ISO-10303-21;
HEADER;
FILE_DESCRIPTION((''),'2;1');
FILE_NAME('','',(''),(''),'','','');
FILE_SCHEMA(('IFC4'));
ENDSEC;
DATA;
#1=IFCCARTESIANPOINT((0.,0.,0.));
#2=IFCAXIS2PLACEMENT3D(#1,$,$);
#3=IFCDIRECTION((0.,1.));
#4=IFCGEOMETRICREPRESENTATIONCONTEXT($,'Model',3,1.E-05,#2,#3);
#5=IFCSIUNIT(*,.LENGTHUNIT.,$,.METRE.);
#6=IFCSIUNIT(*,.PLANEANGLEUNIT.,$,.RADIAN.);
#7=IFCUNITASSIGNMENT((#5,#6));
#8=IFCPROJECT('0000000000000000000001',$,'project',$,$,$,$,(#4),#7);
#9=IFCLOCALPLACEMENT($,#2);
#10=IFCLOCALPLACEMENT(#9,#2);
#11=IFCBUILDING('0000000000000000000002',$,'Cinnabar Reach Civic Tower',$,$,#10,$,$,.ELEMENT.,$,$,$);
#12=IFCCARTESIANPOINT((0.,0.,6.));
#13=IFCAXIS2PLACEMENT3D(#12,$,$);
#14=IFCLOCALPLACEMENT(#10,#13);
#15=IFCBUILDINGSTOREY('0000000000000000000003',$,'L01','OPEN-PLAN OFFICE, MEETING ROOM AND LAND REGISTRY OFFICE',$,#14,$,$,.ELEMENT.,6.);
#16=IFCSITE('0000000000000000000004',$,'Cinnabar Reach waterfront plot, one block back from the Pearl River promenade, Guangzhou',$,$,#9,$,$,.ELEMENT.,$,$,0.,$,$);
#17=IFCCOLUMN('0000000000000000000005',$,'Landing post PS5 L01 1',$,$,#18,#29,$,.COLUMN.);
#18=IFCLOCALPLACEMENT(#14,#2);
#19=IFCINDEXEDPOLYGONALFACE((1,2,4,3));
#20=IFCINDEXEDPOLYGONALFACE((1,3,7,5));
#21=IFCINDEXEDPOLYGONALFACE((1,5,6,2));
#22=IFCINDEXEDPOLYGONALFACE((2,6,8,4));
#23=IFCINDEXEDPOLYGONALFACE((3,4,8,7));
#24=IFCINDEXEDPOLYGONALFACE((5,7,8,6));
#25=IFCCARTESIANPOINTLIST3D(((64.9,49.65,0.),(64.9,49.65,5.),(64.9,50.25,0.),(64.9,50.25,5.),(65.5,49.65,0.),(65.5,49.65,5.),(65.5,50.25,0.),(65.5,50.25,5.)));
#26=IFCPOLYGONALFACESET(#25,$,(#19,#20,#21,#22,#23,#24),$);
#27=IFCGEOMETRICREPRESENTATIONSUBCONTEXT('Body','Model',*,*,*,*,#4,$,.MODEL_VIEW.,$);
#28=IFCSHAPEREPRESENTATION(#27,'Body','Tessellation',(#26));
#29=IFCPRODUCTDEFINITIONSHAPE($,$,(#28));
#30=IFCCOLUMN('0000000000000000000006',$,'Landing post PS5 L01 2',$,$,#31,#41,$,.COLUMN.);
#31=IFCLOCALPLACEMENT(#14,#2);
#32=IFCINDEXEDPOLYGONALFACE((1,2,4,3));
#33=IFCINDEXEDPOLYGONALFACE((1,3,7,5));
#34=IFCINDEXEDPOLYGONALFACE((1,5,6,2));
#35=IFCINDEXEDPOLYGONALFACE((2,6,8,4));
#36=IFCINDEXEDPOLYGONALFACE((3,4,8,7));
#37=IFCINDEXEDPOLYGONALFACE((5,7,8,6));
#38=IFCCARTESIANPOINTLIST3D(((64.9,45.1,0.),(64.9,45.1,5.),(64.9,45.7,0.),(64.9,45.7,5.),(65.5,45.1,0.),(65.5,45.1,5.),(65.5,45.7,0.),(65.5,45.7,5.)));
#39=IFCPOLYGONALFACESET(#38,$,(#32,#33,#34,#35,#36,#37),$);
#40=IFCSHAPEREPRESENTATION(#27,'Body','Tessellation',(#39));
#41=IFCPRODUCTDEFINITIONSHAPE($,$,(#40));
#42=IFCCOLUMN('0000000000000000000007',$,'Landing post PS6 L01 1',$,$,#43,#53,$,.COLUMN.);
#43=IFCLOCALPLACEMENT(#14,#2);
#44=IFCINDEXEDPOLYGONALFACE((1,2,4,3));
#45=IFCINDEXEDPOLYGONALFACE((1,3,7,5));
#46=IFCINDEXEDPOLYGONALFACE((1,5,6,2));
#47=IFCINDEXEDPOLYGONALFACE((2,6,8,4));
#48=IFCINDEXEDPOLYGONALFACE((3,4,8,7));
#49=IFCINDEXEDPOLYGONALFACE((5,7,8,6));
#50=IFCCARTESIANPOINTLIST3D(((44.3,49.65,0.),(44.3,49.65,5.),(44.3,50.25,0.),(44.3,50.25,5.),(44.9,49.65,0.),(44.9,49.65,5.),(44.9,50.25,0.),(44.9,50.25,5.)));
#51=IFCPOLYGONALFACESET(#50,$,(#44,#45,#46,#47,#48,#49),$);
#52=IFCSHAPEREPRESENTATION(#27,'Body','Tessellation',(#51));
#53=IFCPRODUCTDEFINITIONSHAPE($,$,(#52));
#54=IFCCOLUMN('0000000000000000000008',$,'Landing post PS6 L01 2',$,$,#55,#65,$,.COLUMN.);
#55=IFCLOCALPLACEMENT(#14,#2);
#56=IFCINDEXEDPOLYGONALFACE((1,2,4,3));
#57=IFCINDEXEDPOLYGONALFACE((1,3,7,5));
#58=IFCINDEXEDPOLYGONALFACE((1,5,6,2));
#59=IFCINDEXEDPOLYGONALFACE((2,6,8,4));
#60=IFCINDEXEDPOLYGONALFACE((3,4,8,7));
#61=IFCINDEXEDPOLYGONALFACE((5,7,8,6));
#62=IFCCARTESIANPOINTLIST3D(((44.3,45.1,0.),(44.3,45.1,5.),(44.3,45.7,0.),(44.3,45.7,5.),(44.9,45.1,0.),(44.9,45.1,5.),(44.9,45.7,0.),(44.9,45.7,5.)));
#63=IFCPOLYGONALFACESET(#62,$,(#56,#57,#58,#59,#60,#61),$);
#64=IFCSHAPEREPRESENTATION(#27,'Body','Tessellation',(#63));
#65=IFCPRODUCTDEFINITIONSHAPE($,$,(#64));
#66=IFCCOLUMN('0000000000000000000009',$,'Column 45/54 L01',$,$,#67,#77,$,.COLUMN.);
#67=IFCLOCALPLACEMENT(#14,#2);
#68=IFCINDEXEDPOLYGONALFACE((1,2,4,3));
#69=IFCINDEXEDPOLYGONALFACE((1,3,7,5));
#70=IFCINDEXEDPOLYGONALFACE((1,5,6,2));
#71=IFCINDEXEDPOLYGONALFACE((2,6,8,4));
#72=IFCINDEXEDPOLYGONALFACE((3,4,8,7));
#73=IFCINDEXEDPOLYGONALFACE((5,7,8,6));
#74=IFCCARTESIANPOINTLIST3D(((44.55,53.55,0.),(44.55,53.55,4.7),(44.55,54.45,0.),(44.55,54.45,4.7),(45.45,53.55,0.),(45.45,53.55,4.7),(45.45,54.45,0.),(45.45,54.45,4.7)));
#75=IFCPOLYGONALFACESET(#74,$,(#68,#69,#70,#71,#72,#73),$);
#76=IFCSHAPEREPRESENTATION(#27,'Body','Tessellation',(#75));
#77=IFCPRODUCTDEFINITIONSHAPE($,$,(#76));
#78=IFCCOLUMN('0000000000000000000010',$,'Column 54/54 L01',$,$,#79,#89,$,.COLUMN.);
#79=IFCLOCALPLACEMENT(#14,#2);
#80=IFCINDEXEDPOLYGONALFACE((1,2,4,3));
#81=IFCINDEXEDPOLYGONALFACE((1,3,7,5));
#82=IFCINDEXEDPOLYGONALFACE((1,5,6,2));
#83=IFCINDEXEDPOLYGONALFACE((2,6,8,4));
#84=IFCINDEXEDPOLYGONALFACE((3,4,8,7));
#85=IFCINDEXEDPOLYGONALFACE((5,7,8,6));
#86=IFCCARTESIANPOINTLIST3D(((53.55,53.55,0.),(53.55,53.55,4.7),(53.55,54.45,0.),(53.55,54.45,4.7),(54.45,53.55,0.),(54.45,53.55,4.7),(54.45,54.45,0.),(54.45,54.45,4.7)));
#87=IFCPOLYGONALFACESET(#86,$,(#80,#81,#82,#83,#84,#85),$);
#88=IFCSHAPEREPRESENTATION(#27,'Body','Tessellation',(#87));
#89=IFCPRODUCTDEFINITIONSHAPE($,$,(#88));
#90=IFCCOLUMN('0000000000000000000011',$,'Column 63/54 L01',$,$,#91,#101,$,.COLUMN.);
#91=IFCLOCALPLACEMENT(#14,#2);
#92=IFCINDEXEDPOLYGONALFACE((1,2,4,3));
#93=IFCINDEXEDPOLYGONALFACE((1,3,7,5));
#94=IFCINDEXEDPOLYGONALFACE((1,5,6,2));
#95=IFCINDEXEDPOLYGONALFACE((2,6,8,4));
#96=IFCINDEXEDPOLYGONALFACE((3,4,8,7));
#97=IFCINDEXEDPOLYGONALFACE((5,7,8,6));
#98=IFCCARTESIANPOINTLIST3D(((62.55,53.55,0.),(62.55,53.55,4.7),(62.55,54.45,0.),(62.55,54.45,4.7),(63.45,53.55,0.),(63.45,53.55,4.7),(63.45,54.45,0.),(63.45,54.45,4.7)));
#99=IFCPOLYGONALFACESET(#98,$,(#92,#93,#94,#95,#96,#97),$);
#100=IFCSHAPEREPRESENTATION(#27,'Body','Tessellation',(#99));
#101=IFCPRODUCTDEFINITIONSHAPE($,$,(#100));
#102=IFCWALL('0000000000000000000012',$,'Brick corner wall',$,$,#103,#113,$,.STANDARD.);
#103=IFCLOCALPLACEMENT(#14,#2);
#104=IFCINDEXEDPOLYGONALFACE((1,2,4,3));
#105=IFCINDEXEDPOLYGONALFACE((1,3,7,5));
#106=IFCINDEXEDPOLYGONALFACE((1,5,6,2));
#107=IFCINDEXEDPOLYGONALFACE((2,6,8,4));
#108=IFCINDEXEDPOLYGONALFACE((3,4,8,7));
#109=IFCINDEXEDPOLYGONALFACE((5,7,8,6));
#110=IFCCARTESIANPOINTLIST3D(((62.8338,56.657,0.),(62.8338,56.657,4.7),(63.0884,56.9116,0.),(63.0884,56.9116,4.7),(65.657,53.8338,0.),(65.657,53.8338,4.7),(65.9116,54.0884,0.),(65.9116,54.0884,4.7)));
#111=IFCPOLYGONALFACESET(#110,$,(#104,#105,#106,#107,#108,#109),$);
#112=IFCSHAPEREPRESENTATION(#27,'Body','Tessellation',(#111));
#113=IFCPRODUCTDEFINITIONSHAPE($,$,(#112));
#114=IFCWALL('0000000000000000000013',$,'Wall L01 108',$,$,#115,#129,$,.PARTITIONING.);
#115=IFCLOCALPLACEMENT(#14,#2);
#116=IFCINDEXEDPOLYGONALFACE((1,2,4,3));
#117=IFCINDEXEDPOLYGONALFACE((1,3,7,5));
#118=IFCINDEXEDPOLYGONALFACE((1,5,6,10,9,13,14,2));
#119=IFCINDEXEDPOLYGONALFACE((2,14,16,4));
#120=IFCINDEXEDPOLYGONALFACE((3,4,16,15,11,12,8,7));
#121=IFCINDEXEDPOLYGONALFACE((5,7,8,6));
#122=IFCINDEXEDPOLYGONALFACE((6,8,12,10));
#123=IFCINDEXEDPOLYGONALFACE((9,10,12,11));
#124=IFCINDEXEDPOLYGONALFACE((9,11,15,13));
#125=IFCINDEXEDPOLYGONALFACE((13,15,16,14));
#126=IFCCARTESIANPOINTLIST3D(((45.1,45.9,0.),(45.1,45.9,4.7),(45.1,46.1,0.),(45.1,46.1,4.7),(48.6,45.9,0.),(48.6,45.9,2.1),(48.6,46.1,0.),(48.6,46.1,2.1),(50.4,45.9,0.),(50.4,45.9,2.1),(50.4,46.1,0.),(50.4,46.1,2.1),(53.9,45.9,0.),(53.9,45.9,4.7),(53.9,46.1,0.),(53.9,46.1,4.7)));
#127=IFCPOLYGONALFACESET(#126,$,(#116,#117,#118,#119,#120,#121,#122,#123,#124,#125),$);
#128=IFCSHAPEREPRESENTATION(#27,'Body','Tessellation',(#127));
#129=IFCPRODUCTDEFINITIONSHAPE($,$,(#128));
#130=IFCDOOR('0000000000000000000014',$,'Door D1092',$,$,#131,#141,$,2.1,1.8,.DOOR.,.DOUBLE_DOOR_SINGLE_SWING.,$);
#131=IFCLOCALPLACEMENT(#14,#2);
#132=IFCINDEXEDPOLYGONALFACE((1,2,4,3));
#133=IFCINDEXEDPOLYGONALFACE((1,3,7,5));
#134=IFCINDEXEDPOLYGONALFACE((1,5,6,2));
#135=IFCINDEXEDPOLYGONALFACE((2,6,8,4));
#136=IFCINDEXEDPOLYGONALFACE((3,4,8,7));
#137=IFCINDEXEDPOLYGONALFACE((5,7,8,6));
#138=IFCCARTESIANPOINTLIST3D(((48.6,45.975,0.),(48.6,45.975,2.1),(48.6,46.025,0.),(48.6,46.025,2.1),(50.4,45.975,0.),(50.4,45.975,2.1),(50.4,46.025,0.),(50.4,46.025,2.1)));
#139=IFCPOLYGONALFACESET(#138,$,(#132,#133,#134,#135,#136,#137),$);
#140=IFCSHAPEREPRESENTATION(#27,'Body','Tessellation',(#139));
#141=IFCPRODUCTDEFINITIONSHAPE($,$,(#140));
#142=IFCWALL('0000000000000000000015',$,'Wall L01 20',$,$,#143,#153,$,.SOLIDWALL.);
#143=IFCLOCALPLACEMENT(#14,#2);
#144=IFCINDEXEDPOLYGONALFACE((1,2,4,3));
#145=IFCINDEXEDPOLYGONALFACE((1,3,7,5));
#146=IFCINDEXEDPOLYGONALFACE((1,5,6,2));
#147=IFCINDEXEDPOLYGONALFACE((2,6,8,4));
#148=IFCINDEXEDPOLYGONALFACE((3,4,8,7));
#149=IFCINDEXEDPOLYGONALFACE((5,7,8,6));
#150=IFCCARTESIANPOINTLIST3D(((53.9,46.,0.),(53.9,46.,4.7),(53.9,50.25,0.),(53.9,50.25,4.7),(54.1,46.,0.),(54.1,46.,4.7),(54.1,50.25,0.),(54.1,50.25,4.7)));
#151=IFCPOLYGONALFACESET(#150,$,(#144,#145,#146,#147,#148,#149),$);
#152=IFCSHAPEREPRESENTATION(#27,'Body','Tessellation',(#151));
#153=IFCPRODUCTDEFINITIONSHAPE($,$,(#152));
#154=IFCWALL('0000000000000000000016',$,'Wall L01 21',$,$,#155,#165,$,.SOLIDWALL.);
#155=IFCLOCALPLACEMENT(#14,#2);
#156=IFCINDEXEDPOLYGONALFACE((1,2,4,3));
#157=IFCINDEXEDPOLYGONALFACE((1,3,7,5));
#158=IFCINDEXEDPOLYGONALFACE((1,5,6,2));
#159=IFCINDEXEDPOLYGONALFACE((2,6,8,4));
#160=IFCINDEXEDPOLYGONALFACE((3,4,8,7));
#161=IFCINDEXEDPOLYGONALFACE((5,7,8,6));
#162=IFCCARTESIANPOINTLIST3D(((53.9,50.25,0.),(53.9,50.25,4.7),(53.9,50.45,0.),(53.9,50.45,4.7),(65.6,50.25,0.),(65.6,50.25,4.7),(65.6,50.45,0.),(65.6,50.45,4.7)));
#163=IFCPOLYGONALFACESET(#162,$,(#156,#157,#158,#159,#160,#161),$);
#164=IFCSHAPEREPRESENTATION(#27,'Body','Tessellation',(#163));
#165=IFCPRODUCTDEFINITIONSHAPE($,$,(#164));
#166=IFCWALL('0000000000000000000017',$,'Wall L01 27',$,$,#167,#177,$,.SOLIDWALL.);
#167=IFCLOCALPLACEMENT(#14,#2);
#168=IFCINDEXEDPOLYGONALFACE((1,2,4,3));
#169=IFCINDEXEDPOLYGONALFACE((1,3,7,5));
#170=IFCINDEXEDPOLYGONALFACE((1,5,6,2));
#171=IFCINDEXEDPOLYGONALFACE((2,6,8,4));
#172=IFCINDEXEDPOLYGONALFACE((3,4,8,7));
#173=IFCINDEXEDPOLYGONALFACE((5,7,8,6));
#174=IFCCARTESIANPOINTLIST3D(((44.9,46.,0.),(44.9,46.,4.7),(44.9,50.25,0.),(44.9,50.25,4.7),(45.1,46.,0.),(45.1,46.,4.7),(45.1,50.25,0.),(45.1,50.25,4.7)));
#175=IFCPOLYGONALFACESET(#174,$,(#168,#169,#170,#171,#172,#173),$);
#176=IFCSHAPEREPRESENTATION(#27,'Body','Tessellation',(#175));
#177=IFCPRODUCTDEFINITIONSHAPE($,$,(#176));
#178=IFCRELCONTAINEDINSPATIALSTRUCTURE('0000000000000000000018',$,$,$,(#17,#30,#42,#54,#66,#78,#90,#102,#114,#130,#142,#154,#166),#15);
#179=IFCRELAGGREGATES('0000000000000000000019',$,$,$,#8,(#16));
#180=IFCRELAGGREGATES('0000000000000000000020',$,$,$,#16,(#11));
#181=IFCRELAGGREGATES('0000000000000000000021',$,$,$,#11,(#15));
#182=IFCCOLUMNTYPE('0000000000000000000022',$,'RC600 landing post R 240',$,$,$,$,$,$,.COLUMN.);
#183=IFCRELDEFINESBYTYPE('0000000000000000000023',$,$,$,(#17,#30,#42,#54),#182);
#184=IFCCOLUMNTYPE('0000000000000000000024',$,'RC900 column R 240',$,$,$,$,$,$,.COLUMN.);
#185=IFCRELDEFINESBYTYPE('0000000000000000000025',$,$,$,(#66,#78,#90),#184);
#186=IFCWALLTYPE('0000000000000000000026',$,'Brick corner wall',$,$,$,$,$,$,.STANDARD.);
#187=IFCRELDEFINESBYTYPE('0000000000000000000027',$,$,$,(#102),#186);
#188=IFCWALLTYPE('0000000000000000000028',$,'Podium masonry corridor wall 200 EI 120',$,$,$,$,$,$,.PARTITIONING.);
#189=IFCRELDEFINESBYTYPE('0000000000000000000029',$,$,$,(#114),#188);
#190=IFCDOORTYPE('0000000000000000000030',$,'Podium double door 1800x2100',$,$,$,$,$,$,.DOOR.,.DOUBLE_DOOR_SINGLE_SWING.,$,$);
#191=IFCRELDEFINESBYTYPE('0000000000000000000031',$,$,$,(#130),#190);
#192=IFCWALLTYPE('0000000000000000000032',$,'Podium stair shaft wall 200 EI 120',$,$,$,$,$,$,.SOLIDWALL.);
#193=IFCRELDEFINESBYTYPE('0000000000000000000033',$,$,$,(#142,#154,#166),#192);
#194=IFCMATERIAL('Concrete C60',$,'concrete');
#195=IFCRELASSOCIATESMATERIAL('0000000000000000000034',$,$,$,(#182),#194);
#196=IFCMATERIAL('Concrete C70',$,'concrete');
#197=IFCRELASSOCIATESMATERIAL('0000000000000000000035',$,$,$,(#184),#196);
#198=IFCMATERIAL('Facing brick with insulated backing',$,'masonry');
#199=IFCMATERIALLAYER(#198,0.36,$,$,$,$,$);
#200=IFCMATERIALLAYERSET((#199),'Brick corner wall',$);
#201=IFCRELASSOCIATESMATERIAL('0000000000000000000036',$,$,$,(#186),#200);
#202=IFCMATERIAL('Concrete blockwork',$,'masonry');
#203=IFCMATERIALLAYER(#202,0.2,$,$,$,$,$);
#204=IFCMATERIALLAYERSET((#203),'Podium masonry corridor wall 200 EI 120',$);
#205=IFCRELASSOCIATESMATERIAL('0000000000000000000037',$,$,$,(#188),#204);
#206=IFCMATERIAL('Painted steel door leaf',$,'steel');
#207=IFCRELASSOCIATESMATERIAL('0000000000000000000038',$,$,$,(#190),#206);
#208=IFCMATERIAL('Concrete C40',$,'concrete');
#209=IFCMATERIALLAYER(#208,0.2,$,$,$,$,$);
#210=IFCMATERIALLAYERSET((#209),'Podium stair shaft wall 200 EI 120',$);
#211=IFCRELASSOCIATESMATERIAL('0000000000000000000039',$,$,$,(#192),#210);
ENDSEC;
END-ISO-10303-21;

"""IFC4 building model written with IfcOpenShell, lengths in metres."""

from ifc_helpers import new_model, si_unit, direction, frame, frame_2d, origin, origin_2d, place, context, subcontext, project, spatial, rectangle, extrude, material, layer, layer_set, material_profile, profile_set, type_object, element, fill, save


model = new_model("IFC4")

# Units and contexts
model_context = context("Model", 3, precision=1e-05, world=origin(), true_north=direction((0.0, 1.0)))
body_context = subcontext(model_context, "Body", "Model", "MODEL_VIEW")
ifc_project = project(units=[si_unit("LENGTHUNIT", "METRE"), si_unit("PLANEANGLEUNIT", "RADIAN")], contexts=[model_context])

# Site, building, storey
site_placement = place(None, origin())
site = spatial("IfcSite", under=ifc_project, at=site_placement, Name="Cinnabar Reach waterfront plot, one block back from the Pearl River promenade, Guangzhou", CompositionType="ELEMENT", RefElevation=0.0)
building_placement = place(site_placement, origin())
building = spatial("IfcBuilding", under=site, at=building_placement, Name="Cinnabar Reach Civic Tower", CompositionType="ELEMENT")
storey_placement = place(building_placement, frame((0.0, 0.0, 6.0)))
storey = spatial("IfcBuildingStorey", under=building, at=storey_placement, Name="L01", Description="OPEN-PLAN OFFICE, MEETING ROOM AND LAND REGISTRY OFFICE", CompositionType="ELEMENT", Elevation=6.0)

# Columns
ifc_material_1 = material(Name="Concrete C60", Category="concrete")
ifc_material_profile_1 = material_profile(ifc_material_1, rectangle(XDim=0.6, YDim=0.6, at=origin_2d()), Name="RC600")
ifc_profile_set_1 = profile_set([ifc_material_profile_1], Name="Concrete C60")
column_type_1 = type_object("IfcColumnType", Name="RC600 landing post R 240", PredefinedType="COLUMN", material=ifc_profile_set_1)
for number, where, z_axis, x_axis, name in (
    (1, (65.2, 49.95, 0.0), (0.0, 0.0, 1.0), (1.0, 0.0, 0.0), "Landing post PS5 L01 1"),
    (2, (65.2, 45.4, 0.0), (0.0, 0.0, 1.0), (1.0, 0.0, 0.0), "Landing post PS5 L01 2"),
    (3, (44.6, 49.95, 0.0), (0.0, 0.0, 1.0), (1.0, 0.0, 0.0), "Landing post PS6 L01 1"),
    (4, (44.6, 45.4, 0.0), (0.0, 0.0, 1.0), (1.0, 0.0, 0.0), "Landing post PS6 L01 2"),
):
    element("IfcColumn", number, at=place(storey_placement, frame(where, z_axis=z_axis, x_axis=x_axis)), inside=storey, type_object=column_type_1, Name=name, PredefinedType="COLUMN", context=body_context, shape_type="SweptSolid", body=[
        extrude(rectangle(XDim=0.6, YDim=0.6, at=origin_2d()), origin(), (0.0, 0.0, 1.0), 5.0),
    ])
ifc_material_2 = material(Name="Concrete C70", Category="concrete")
ifc_material_profile_2 = material_profile(ifc_material_2, rectangle(XDim=0.9, YDim=0.9, at=origin_2d()), Name="RC900")
ifc_profile_set_2 = profile_set([ifc_material_profile_2], Name="Concrete C70")
column_type_2 = type_object("IfcColumnType", Name="RC900 column R 240", PredefinedType="COLUMN", material=ifc_profile_set_2)
for number, where, z_axis, x_axis, name in (
    (5, (45.0, 54.0, 0.0), (0.0, 0.0, 1.0), (1.0, 0.0, 0.0), "Column 45/54 L01"),
    (6, (54.0, 54.0, 0.0), (0.0, 0.0, 1.0), (1.0, 0.0, 0.0), "Column 54/54 L01"),
    (7, (63.0, 54.0, 0.0), (0.0, 0.0, 1.0), (1.0, 0.0, 0.0), "Column 63/54 L01"),
):
    element("IfcColumn", number, at=place(storey_placement, frame(where, z_axis=z_axis, x_axis=x_axis)), inside=storey, type_object=column_type_2, Name=name, PredefinedType="COLUMN", context=body_context, shape_type="SweptSolid", body=[
        extrude(rectangle(XDim=0.9, YDim=0.9, at=origin_2d()), origin(), (0.0, 0.0, 1.0), 4.7),
    ])

# Wall
ifc_material_3 = material(Name="Facing brick with insulated backing", Category="masonry")
ifc_layer_1 = layer(ifc_material_3, 0.36)
ifc_layer_set_1 = layer_set([ifc_layer_1], Name="Brick corner wall")
wall_type_1 = type_object("IfcWallType", Name="Brick corner wall", PredefinedType="STANDARD", material=ifc_layer_set_1)
wall_1_placement = place(storey_placement, frame((65.7843, 53.9611, 0.0), z_axis=(0.0, 0.0, 1.0), x_axis=(-0.707107, 0.707107, 0.0)))
element("IfcWall", 8, at=wall_1_placement, inside=storey, type_object=wall_type_1, Name="Brick corner wall", PredefinedType="STANDARD", context=body_context, shape_type="SweptSolid", body=[
    extrude(rectangle(XDim=3.9926, YDim=0.36, at=frame_2d((1.9963, 0.0))), origin(), (0.0, 0.0, 1.0), 4.7),
])

# Wall, opening, door
ifc_material_4 = material(Name="Concrete blockwork", Category="masonry")
ifc_layer_2 = layer(ifc_material_4, 0.2)
ifc_layer_set_2 = layer_set([ifc_layer_2], Name="Podium masonry corridor wall 200 EI 120")
wall_type_2 = type_object("IfcWallType", Name="Podium masonry corridor wall 200 EI 120", PredefinedType="PARTITIONING", material=ifc_layer_set_2)
wall_2_placement = place(storey_placement, frame((45.1, 46.0, 0.0), z_axis=(0.0, 0.0, 1.0), x_axis=(1.0, 0.0, 0.0)))
wall_2 = element("IfcWall", 9, at=wall_2_placement, inside=storey, type_object=wall_type_2, Name="Wall L01 108", PredefinedType="PARTITIONING", context=body_context, shape_type="SweptSolid", body=[
    extrude(rectangle(XDim=8.8, YDim=0.2, at=frame_2d((4.4, 0.0))), origin(), (0.0, 0.0, 1.0), 4.7),
])
opening_placement = place(wall_2_placement, frame((3.5, 0.0, 0.0)))
opening = element("IfcOpeningElement", 10, at=opening_placement, cuts=wall_2, PredefinedType="OPENING", context=body_context, shape_type="SweptSolid", body=[
    extrude(rectangle(XDim=1.8, YDim=2.1, at=frame_2d((0.9, 1.05))), frame((0.0, 0.11, 0.0), z_axis=(0.0, -1.0, 0.0), x_axis=(1.0, 0.0, 0.0)), (0.0, 0.0, 1.0), 0.22),
])
ifc_material_5 = material(Name="Painted steel door leaf", Category="steel")
door_type = type_object("IfcDoorType", Name="Podium double door 1800x2100", OperationType="DOUBLE_DOOR_SINGLE_SWING", PredefinedType="DOOR", material=ifc_material_5)
door_placement = place(opening_placement, origin())
door = element("IfcDoor", 11, at=door_placement, inside=storey, type_object=door_type, Name="Door D1092", OperationType="DOUBLE_DOOR_SINGLE_SWING", OverallHeight=2.1, OverallWidth=1.8, PredefinedType="DOOR", context=body_context, shape_type="SweptSolid", body=[
    extrude(rectangle(XDim=1.8, YDim=2.1, at=frame_2d((0.9, 1.05))), frame((0.0, 0.025, 0.0), z_axis=(0.0, -1.0, 0.0), x_axis=(1.0, 0.0, 0.0)), (0.0, 0.0, 1.0), 0.05),
])
fill(opening, door)

# Walls
ifc_material_6 = material(Name="Concrete C40", Category="concrete")
ifc_layer_3 = layer(ifc_material_6, 0.2)
ifc_layer_set_3 = layer_set([ifc_layer_3], Name="Podium stair shaft wall 200 EI 120")
wall_type_3 = type_object("IfcWallType", Name="Podium stair shaft wall 200 EI 120", PredefinedType="SOLIDWALL", material=ifc_layer_set_3)
wall_3_placement = place(storey_placement, frame((54.0, 46.0, 0.0), z_axis=(0.0, 0.0, 1.0), x_axis=(0.0, 1.0, 0.0)))
element("IfcWall", 12, at=wall_3_placement, inside=storey, type_object=wall_type_3, Name="Wall L01 20", PredefinedType="SOLIDWALL", context=body_context, shape_type="SweptSolid", body=[
    extrude(rectangle(XDim=4.25, YDim=0.2, at=frame_2d((2.125, 0.0))), origin(), (0.0, 0.0, 1.0), 4.7),
])
wall_4_placement = place(storey_placement, frame((53.9, 50.35, 0.0), z_axis=(0.0, 0.0, 1.0), x_axis=(1.0, 0.0, 0.0)))
element("IfcWall", 13, at=wall_4_placement, inside=storey, type_object=wall_type_3, Name="Wall L01 21", PredefinedType="SOLIDWALL", context=body_context, shape_type="SweptSolid", body=[
    extrude(rectangle(XDim=11.7, YDim=0.2, at=frame_2d((5.85, 0.0))), origin(), (0.0, 0.0, 1.0), 4.7),
])
wall_5_placement = place(storey_placement, frame((45.0, 46.0, 0.0), z_axis=(0.0, 0.0, 1.0), x_axis=(0.0, 1.0, 0.0)))
element("IfcWall", 14, at=wall_5_placement, inside=storey, type_object=wall_type_3, Name="Wall L01 27", PredefinedType="SOLIDWALL", context=body_context, shape_type="SweptSolid", body=[
    extrude(rectangle(XDim=4.25, YDim=0.2, at=frame_2d((2.125, 0.0))), origin(), (0.0, 0.0, 1.0), 4.7),
])

save(model, "model.ifc")
